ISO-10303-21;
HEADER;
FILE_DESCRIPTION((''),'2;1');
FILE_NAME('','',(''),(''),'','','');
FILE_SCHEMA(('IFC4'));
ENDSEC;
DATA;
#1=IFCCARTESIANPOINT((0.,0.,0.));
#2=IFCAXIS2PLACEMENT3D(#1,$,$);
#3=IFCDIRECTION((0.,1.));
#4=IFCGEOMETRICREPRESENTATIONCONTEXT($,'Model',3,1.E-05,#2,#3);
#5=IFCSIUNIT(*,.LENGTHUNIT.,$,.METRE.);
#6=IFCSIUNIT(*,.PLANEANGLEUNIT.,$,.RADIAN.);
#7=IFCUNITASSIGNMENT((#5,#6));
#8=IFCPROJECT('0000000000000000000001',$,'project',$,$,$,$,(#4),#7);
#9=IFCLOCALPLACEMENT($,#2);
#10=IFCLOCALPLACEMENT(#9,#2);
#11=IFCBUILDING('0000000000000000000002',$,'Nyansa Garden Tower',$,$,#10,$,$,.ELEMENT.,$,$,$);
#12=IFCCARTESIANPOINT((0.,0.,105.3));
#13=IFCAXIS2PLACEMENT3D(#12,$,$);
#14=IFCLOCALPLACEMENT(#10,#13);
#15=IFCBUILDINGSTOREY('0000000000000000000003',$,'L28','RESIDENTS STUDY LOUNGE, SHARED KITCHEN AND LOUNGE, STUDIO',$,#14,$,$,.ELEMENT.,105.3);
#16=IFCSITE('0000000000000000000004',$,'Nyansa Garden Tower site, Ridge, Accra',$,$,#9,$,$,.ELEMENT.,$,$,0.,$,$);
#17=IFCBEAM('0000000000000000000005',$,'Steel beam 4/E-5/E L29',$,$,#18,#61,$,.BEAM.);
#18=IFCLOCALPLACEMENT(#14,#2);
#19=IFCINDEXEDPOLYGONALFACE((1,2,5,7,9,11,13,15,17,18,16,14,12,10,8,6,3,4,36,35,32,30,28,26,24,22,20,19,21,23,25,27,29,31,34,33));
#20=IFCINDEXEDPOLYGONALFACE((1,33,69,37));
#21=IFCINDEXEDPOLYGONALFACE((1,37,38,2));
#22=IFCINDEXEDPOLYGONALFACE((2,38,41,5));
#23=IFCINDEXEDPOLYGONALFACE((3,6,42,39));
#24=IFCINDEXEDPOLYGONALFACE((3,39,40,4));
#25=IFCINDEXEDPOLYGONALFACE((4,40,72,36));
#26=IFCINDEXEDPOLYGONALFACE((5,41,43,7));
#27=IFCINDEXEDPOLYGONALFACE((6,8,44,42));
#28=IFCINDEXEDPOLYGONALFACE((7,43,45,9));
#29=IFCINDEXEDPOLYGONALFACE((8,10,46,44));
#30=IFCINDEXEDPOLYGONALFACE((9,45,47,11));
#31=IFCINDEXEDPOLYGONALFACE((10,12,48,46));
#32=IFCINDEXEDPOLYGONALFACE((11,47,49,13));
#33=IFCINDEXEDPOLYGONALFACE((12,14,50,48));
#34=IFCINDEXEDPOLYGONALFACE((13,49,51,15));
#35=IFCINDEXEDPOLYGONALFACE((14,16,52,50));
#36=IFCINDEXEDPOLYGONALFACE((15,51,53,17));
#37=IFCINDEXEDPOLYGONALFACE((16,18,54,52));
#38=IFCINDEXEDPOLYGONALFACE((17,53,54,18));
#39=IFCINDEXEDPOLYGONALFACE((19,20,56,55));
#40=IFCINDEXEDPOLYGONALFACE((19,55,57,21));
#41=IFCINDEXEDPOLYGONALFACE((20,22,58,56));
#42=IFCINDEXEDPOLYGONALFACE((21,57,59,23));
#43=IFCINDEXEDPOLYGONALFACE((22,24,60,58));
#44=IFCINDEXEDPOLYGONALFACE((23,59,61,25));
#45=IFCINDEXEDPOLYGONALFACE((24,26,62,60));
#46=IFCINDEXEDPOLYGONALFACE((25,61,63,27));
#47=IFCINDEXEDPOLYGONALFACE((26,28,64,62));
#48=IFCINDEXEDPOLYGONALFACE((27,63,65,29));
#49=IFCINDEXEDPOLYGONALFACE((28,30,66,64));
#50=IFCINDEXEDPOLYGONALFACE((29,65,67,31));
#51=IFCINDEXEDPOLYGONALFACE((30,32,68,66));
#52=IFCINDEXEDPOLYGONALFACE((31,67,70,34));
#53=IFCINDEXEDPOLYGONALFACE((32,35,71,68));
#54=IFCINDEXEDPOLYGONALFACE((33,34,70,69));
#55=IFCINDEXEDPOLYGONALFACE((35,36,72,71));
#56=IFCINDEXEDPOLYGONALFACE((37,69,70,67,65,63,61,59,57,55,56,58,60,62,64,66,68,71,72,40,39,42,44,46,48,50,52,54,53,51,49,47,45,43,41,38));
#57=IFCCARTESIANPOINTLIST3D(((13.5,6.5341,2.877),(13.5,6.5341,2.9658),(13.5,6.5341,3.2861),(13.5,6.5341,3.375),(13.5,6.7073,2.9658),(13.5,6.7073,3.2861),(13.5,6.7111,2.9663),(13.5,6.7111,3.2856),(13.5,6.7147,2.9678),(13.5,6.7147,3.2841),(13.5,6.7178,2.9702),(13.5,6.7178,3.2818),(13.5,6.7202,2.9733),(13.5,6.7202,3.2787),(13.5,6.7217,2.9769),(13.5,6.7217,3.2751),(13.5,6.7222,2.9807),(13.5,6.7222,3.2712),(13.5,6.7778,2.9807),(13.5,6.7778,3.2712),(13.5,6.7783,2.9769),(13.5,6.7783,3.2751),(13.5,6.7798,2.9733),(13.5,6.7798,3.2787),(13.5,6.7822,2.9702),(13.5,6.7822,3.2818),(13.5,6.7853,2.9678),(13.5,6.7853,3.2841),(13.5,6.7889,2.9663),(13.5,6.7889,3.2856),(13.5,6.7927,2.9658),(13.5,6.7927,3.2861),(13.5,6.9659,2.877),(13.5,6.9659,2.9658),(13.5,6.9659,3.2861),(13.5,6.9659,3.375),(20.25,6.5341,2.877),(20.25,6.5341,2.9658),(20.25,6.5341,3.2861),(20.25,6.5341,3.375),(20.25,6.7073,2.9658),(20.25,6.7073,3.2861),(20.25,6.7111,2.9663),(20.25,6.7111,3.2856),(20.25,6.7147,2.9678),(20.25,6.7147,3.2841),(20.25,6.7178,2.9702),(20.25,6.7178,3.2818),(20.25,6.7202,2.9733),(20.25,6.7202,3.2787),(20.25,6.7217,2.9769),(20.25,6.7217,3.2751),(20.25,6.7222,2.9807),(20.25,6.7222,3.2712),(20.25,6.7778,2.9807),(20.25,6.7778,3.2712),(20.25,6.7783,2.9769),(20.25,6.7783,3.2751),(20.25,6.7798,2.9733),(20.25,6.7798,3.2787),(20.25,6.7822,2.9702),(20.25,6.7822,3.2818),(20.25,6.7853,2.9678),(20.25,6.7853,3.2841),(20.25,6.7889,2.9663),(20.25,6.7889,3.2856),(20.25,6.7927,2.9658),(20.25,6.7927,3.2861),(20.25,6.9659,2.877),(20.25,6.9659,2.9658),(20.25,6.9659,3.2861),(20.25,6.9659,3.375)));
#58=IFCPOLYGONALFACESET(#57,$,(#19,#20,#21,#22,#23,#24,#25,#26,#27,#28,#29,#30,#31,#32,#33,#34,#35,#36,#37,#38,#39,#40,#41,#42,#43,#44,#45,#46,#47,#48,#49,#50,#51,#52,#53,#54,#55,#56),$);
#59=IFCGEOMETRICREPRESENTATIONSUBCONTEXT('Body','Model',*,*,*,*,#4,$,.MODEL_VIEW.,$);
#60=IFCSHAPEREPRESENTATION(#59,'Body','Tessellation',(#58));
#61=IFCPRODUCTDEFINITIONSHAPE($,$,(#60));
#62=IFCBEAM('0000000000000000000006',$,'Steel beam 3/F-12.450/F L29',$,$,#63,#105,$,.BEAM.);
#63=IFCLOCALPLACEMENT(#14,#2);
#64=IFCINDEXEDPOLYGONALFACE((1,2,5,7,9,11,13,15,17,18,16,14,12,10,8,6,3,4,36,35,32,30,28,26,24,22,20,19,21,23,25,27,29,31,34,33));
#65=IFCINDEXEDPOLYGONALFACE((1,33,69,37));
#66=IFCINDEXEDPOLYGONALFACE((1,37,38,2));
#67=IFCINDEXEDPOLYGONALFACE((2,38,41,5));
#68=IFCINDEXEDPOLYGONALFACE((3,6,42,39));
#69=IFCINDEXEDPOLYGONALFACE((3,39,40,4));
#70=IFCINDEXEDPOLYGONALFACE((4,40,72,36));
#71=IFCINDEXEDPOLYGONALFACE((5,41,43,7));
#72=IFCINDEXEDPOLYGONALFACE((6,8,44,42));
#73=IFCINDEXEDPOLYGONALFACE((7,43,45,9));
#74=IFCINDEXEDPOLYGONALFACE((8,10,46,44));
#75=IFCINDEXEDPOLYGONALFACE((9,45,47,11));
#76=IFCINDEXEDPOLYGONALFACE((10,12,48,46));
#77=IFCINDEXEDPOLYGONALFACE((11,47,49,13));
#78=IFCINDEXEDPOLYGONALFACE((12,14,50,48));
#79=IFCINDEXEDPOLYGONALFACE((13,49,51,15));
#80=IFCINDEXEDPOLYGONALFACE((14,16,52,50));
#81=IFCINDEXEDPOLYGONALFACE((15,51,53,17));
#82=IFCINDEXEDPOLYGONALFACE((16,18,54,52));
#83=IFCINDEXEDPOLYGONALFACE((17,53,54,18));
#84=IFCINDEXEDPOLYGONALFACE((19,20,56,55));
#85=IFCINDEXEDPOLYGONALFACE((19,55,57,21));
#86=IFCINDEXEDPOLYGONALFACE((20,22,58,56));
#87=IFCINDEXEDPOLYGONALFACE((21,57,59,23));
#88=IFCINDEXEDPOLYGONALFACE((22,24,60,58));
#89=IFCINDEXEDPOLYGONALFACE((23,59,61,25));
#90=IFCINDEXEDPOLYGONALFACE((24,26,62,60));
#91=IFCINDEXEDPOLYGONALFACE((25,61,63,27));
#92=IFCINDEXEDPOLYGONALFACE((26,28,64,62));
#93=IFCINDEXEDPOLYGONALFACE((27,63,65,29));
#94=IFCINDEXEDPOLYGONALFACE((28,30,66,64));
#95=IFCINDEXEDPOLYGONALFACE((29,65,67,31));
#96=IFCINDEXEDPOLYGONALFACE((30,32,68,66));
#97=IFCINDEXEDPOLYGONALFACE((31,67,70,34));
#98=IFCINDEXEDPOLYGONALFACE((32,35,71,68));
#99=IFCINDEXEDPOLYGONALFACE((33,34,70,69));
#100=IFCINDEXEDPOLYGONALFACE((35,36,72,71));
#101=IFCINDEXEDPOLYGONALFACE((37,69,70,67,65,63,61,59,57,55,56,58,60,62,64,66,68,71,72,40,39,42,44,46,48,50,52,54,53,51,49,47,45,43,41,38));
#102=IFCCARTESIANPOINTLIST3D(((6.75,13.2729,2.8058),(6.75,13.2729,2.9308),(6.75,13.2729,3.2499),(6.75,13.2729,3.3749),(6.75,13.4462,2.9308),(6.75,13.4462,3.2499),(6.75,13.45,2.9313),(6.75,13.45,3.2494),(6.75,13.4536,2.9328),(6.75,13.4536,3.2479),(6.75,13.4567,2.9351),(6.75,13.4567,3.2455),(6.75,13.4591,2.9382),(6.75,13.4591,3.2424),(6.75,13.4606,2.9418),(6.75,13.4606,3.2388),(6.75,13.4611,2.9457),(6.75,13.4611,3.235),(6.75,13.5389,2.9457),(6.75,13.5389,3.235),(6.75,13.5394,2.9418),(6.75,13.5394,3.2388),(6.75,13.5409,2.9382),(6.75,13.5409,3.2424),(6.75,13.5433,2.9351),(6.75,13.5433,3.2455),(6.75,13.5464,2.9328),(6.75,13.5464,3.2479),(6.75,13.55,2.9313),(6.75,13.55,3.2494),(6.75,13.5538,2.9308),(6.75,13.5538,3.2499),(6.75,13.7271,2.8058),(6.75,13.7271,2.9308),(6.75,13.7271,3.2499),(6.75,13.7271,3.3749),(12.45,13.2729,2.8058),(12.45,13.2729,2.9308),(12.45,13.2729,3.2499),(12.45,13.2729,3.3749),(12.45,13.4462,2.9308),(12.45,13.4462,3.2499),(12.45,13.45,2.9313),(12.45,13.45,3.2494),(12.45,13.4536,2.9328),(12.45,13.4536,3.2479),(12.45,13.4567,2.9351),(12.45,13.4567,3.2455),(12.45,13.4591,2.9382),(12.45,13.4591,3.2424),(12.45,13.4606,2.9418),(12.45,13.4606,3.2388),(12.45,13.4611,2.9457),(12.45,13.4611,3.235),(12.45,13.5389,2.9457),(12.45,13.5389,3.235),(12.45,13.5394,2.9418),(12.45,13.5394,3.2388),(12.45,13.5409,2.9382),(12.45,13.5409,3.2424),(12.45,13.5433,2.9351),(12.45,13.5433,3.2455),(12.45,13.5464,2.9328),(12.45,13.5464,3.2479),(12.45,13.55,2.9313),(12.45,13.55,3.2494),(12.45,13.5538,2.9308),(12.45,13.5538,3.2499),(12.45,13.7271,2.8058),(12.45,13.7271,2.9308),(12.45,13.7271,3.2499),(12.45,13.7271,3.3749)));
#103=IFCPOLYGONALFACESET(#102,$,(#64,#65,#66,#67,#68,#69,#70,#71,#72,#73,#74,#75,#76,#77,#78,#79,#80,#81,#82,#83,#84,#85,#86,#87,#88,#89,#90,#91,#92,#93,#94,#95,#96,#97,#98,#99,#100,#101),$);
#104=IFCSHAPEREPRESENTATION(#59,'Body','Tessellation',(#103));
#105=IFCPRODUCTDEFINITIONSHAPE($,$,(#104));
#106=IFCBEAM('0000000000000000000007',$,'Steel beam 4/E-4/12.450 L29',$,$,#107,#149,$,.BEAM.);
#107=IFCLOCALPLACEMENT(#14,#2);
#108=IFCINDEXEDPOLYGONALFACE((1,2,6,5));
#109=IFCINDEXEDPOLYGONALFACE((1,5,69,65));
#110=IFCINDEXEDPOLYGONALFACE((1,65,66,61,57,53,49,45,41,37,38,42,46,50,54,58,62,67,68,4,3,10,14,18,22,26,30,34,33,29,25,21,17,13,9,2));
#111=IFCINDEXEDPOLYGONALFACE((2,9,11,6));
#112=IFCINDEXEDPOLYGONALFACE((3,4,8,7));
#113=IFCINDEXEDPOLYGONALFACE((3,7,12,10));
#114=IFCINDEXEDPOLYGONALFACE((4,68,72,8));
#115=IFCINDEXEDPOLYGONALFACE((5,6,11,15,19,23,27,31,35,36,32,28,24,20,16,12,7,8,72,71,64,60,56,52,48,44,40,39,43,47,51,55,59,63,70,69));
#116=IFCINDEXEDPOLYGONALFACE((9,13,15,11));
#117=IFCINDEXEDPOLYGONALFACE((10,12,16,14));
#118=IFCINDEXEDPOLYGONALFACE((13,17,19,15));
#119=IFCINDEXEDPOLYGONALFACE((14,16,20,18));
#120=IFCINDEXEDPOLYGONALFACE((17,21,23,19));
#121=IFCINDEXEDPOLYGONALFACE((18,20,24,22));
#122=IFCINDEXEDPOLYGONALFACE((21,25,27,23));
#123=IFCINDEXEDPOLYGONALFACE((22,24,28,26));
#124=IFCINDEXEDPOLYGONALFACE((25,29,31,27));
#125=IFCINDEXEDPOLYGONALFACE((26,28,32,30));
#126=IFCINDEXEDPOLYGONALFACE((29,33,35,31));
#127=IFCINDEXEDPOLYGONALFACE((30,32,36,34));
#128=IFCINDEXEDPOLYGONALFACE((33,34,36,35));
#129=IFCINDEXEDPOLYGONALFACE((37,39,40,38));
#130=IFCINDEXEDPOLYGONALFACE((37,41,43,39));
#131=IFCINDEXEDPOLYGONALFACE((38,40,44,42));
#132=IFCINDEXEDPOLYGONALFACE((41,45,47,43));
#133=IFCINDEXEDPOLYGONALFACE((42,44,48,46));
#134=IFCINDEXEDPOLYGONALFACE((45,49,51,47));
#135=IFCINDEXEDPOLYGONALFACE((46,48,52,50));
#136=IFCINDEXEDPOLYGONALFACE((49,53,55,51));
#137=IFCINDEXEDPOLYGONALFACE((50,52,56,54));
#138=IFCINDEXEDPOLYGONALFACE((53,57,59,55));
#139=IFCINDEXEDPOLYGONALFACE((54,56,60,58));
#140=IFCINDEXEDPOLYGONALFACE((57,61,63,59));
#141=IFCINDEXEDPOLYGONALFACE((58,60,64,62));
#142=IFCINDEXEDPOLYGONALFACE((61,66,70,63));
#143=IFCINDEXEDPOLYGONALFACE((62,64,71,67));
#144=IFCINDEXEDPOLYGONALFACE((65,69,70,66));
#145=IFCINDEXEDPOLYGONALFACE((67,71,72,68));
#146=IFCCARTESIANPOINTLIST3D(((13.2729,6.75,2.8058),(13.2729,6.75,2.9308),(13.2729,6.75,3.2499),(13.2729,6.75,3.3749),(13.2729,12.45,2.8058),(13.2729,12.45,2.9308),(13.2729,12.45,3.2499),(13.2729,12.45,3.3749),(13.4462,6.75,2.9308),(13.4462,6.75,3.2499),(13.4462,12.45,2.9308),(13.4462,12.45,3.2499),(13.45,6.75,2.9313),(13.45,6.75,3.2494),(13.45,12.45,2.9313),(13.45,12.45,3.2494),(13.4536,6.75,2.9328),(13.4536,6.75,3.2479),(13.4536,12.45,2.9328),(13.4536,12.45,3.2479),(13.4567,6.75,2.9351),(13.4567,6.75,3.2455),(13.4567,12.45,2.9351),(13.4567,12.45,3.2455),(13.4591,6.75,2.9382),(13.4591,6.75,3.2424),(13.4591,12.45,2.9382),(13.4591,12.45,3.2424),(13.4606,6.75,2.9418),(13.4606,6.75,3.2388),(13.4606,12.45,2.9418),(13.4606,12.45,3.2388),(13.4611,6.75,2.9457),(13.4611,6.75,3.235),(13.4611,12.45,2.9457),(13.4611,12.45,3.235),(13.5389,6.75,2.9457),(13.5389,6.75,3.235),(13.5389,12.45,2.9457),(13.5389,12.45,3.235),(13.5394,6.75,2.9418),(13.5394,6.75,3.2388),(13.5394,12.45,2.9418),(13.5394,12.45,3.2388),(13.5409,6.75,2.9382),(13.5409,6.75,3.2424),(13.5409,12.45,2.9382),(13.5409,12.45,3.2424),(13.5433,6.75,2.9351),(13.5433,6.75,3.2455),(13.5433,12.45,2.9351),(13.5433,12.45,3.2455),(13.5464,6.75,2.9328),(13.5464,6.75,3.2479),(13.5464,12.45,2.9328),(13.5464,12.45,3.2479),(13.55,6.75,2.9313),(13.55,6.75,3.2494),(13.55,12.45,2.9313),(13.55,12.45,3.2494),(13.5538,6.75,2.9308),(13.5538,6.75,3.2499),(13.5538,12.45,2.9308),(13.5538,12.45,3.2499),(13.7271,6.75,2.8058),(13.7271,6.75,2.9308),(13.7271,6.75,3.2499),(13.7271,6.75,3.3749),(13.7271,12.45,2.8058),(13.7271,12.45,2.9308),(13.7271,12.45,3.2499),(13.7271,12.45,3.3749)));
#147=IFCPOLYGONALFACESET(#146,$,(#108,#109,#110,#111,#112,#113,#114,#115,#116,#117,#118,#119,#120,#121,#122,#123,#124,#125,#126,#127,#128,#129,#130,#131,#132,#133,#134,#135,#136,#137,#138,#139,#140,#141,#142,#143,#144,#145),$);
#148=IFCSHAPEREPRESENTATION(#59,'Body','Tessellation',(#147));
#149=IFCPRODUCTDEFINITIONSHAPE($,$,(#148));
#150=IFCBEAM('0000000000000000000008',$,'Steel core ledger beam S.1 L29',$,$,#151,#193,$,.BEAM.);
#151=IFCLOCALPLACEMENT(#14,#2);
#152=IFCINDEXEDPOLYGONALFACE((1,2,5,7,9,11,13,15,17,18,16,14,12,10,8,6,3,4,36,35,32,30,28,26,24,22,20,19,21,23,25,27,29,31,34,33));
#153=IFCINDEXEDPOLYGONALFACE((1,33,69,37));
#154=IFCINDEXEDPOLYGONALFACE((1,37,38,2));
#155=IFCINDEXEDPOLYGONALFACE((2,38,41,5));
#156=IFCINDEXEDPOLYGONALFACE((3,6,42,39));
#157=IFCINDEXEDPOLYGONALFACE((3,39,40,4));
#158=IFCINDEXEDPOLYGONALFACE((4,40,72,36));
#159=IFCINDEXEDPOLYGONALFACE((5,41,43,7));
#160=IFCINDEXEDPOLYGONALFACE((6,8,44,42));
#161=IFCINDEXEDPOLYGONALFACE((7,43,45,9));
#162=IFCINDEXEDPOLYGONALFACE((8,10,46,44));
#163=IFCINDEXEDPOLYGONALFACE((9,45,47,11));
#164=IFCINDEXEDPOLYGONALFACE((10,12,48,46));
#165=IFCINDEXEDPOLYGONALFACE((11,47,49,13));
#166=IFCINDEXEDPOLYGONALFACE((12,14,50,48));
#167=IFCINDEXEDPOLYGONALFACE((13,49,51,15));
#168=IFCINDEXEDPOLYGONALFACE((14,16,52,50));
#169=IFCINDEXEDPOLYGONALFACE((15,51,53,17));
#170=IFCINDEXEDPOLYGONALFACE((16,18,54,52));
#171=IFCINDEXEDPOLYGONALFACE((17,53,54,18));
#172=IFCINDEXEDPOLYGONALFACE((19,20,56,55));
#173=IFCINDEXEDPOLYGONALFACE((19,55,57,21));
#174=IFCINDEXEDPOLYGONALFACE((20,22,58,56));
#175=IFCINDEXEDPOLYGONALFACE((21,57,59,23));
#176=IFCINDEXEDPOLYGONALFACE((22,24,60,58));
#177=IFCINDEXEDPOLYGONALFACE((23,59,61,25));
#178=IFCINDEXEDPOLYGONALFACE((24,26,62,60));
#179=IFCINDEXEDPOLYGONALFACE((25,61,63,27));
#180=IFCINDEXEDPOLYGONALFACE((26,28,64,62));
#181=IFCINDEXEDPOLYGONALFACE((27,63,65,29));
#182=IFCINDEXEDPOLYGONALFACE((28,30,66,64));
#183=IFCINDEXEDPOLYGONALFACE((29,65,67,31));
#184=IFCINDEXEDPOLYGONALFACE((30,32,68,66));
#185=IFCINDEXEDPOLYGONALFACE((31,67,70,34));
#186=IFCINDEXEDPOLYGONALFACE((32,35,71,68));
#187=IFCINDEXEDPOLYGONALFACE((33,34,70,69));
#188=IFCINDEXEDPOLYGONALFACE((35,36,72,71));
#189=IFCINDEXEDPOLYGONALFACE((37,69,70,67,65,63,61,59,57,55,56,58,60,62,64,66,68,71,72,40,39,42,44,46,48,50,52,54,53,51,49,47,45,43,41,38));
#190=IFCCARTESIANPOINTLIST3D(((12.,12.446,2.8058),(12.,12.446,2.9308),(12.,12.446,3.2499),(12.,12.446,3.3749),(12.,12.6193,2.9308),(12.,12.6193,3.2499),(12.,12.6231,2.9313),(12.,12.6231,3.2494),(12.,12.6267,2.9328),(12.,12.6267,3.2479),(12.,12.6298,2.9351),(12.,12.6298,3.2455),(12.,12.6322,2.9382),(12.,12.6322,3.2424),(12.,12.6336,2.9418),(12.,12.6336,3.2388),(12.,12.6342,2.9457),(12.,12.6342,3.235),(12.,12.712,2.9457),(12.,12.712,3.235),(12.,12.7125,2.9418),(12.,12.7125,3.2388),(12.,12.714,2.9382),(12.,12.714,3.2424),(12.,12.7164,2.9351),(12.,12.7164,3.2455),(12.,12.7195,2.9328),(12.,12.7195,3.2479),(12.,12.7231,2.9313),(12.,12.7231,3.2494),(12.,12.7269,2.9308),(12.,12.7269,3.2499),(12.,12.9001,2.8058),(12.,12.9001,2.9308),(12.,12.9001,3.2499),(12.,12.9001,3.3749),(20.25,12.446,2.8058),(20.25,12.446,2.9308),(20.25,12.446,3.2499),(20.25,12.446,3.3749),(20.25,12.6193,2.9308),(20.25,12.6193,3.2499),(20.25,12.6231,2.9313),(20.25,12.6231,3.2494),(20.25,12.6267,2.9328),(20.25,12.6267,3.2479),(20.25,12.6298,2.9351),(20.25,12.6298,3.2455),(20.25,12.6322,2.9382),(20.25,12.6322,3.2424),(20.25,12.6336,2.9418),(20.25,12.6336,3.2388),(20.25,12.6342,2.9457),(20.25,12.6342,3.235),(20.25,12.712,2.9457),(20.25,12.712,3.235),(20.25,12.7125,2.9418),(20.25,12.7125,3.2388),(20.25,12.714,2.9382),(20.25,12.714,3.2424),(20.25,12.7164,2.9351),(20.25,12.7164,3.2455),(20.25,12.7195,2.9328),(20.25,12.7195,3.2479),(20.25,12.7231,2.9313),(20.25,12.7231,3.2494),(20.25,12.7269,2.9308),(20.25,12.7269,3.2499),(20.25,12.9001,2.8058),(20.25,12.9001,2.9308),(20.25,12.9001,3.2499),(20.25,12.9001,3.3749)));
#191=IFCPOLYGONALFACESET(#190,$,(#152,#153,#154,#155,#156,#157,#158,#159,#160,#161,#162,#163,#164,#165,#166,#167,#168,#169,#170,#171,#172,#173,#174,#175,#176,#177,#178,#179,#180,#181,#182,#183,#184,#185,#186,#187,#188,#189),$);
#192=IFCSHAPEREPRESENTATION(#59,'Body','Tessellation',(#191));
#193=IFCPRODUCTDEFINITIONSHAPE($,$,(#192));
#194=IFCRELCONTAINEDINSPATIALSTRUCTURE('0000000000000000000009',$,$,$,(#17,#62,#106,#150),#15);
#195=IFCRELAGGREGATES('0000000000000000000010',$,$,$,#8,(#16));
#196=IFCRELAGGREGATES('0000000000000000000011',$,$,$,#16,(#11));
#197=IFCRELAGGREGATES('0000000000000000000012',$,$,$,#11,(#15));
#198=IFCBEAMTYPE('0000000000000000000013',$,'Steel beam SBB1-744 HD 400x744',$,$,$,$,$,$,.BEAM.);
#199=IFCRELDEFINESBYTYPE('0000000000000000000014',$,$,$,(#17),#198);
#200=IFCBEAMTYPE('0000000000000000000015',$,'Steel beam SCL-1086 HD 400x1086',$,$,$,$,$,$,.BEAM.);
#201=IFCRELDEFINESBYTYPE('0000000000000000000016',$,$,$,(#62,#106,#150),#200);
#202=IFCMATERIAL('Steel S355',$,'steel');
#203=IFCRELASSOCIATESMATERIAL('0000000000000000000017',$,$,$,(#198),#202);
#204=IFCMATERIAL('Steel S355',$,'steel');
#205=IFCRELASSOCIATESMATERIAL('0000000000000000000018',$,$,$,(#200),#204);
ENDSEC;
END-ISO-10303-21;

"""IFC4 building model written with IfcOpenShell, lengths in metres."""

from ifc_helpers import new_model, si_unit, direction, frame, origin, origin_2d, place, context, subcontext, project, spatial, i_section, extrude, material, material_profile, profile_set, type_object, element, save


model = new_model("IFC4")

# Units and contexts
model_context = context("Model", 3, precision=1e-05, world=origin(), true_north=direction((0.0, 1.0)))
body_context = subcontext(model_context, "Body", "Model", "MODEL_VIEW")
ifc_project = project(units=[si_unit("LENGTHUNIT", "METRE"), si_unit("PLANEANGLEUNIT", "RADIAN")], contexts=[model_context])

# Site, building, storey
site_placement = place(None, origin())
site = spatial("IfcSite", under=ifc_project, at=site_placement, Name="Nyansa Garden Tower site, Ridge, Accra", CompositionType="ELEMENT", RefElevation=0.0)
building_placement = place(site_placement, origin())
building = spatial("IfcBuilding", under=site, at=building_placement, Name="Nyansa Garden Tower", CompositionType="ELEMENT")
storey_placement = place(building_placement, frame((0.0, 0.0, 105.3)))
storey = spatial("IfcBuildingStorey", under=building, at=storey_placement, Name="L28", Description="RESIDENTS STUDY LOUNGE, SHARED KITCHEN AND LOUNGE, STUDIO", CompositionType="ELEMENT", Elevation=105.3)

# Beams
ifc_material_1 = material(Name="Steel S355", Category="steel")
ifc_material_profile_1 = material_profile(ifc_material_1, i_section(OverallWidth=0.4319, OverallDepth=0.498, WebThickness=0.0557, FlangeThickness=0.0889, FilletRadius=0.0149, at=origin_2d()), Name="HD 400x744")
ifc_profile_set_1 = profile_set([ifc_material_profile_1], Name="Steel S355")
beam_type_1 = type_object("IfcBeamType", Name="Steel beam SBB1-744 HD 400x744", PredefinedType="BEAM", material=ifc_profile_set_1)
for number, where, z_axis, x_axis, name in (
    (1, (13.5, 6.75, 3.126), (1.0, 0.0, 0.0), (0.0, 1.0, 0.0), "Steel beam 4/E-5/E L29"),
):
    element("IfcBeam", number, at=place(storey_placement, frame(where, z_axis=z_axis, x_axis=x_axis)), inside=storey, type_object=beam_type_1, Name=name, PredefinedType="BEAM", context=body_context, shape_type="SweptSolid", body=[
        extrude(i_section(OverallWidth=0.4319, OverallDepth=0.498, WebThickness=0.0557, FlangeThickness=0.0889, FilletRadius=0.0149, at=origin_2d()), origin(), (0.0, 0.0, 1.0), 6.75),
    ])
ifc_material_2 = material(Name="Steel S355", Category="steel")
ifc_material_profile_2 = material_profile(ifc_material_2, i_section(OverallWidth=0.4541, OverallDepth=0.5691, WebThickness=0.0779, FlangeThickness=0.125, FilletRadius=0.0149, at=origin_2d()), Name="HD 400x1086")
ifc_profile_set_2 = profile_set([ifc_material_profile_2], Name="Steel S355")
beam_type_2 = type_object("IfcBeamType", Name="Steel beam SCL-1086 HD 400x1086", PredefinedType="BEAM", material=ifc_profile_set_2)
for number, where, z_axis, x_axis, name in (
    (2, (6.75, 13.5, 3.0903), (1.0, 0.0, 0.0), (0.0, 1.0, 0.0), "Steel beam 3/F-12.450/F L29"),
    (3, (13.5, 6.75, 3.0903), (0.0, 1.0, 0.0), (-1.0, 0.0, 0.0), "Steel beam 4/E-4/12.450 L29"),
):
    element("IfcBeam", number, at=place(storey_placement, frame(where, z_axis=z_axis, x_axis=x_axis)), inside=storey, type_object=beam_type_2, Name=name, PredefinedType="BEAM", context=body_context, shape_type="SweptSolid", body=[
        extrude(i_section(OverallWidth=0.4541, OverallDepth=0.5691, WebThickness=0.0779, FlangeThickness=0.125, FilletRadius=0.0149, at=origin_2d()), origin(), (0.0, 0.0, 1.0), 5.7),
    ])
beam_placement = place(storey_placement, frame((12.0, 12.6731, 3.0903), z_axis=(1.0, 0.0, 0.0), x_axis=(0.0, 1.0, 0.0)))
element("IfcBeam", 4, at=beam_placement, inside=storey, type_object=beam_type_2, Name="Steel core ledger beam S.1 L29", PredefinedType="BEAM", context=body_context, shape_type="SweptSolid", body=[
    extrude(i_section(OverallWidth=0.4541, OverallDepth=0.5691, WebThickness=0.0779, FlangeThickness=0.125, FilletRadius=0.0149, at=origin_2d()), origin(), (0.0, 0.0, 1.0), 8.25),
])

save(model, "model.ifc")
